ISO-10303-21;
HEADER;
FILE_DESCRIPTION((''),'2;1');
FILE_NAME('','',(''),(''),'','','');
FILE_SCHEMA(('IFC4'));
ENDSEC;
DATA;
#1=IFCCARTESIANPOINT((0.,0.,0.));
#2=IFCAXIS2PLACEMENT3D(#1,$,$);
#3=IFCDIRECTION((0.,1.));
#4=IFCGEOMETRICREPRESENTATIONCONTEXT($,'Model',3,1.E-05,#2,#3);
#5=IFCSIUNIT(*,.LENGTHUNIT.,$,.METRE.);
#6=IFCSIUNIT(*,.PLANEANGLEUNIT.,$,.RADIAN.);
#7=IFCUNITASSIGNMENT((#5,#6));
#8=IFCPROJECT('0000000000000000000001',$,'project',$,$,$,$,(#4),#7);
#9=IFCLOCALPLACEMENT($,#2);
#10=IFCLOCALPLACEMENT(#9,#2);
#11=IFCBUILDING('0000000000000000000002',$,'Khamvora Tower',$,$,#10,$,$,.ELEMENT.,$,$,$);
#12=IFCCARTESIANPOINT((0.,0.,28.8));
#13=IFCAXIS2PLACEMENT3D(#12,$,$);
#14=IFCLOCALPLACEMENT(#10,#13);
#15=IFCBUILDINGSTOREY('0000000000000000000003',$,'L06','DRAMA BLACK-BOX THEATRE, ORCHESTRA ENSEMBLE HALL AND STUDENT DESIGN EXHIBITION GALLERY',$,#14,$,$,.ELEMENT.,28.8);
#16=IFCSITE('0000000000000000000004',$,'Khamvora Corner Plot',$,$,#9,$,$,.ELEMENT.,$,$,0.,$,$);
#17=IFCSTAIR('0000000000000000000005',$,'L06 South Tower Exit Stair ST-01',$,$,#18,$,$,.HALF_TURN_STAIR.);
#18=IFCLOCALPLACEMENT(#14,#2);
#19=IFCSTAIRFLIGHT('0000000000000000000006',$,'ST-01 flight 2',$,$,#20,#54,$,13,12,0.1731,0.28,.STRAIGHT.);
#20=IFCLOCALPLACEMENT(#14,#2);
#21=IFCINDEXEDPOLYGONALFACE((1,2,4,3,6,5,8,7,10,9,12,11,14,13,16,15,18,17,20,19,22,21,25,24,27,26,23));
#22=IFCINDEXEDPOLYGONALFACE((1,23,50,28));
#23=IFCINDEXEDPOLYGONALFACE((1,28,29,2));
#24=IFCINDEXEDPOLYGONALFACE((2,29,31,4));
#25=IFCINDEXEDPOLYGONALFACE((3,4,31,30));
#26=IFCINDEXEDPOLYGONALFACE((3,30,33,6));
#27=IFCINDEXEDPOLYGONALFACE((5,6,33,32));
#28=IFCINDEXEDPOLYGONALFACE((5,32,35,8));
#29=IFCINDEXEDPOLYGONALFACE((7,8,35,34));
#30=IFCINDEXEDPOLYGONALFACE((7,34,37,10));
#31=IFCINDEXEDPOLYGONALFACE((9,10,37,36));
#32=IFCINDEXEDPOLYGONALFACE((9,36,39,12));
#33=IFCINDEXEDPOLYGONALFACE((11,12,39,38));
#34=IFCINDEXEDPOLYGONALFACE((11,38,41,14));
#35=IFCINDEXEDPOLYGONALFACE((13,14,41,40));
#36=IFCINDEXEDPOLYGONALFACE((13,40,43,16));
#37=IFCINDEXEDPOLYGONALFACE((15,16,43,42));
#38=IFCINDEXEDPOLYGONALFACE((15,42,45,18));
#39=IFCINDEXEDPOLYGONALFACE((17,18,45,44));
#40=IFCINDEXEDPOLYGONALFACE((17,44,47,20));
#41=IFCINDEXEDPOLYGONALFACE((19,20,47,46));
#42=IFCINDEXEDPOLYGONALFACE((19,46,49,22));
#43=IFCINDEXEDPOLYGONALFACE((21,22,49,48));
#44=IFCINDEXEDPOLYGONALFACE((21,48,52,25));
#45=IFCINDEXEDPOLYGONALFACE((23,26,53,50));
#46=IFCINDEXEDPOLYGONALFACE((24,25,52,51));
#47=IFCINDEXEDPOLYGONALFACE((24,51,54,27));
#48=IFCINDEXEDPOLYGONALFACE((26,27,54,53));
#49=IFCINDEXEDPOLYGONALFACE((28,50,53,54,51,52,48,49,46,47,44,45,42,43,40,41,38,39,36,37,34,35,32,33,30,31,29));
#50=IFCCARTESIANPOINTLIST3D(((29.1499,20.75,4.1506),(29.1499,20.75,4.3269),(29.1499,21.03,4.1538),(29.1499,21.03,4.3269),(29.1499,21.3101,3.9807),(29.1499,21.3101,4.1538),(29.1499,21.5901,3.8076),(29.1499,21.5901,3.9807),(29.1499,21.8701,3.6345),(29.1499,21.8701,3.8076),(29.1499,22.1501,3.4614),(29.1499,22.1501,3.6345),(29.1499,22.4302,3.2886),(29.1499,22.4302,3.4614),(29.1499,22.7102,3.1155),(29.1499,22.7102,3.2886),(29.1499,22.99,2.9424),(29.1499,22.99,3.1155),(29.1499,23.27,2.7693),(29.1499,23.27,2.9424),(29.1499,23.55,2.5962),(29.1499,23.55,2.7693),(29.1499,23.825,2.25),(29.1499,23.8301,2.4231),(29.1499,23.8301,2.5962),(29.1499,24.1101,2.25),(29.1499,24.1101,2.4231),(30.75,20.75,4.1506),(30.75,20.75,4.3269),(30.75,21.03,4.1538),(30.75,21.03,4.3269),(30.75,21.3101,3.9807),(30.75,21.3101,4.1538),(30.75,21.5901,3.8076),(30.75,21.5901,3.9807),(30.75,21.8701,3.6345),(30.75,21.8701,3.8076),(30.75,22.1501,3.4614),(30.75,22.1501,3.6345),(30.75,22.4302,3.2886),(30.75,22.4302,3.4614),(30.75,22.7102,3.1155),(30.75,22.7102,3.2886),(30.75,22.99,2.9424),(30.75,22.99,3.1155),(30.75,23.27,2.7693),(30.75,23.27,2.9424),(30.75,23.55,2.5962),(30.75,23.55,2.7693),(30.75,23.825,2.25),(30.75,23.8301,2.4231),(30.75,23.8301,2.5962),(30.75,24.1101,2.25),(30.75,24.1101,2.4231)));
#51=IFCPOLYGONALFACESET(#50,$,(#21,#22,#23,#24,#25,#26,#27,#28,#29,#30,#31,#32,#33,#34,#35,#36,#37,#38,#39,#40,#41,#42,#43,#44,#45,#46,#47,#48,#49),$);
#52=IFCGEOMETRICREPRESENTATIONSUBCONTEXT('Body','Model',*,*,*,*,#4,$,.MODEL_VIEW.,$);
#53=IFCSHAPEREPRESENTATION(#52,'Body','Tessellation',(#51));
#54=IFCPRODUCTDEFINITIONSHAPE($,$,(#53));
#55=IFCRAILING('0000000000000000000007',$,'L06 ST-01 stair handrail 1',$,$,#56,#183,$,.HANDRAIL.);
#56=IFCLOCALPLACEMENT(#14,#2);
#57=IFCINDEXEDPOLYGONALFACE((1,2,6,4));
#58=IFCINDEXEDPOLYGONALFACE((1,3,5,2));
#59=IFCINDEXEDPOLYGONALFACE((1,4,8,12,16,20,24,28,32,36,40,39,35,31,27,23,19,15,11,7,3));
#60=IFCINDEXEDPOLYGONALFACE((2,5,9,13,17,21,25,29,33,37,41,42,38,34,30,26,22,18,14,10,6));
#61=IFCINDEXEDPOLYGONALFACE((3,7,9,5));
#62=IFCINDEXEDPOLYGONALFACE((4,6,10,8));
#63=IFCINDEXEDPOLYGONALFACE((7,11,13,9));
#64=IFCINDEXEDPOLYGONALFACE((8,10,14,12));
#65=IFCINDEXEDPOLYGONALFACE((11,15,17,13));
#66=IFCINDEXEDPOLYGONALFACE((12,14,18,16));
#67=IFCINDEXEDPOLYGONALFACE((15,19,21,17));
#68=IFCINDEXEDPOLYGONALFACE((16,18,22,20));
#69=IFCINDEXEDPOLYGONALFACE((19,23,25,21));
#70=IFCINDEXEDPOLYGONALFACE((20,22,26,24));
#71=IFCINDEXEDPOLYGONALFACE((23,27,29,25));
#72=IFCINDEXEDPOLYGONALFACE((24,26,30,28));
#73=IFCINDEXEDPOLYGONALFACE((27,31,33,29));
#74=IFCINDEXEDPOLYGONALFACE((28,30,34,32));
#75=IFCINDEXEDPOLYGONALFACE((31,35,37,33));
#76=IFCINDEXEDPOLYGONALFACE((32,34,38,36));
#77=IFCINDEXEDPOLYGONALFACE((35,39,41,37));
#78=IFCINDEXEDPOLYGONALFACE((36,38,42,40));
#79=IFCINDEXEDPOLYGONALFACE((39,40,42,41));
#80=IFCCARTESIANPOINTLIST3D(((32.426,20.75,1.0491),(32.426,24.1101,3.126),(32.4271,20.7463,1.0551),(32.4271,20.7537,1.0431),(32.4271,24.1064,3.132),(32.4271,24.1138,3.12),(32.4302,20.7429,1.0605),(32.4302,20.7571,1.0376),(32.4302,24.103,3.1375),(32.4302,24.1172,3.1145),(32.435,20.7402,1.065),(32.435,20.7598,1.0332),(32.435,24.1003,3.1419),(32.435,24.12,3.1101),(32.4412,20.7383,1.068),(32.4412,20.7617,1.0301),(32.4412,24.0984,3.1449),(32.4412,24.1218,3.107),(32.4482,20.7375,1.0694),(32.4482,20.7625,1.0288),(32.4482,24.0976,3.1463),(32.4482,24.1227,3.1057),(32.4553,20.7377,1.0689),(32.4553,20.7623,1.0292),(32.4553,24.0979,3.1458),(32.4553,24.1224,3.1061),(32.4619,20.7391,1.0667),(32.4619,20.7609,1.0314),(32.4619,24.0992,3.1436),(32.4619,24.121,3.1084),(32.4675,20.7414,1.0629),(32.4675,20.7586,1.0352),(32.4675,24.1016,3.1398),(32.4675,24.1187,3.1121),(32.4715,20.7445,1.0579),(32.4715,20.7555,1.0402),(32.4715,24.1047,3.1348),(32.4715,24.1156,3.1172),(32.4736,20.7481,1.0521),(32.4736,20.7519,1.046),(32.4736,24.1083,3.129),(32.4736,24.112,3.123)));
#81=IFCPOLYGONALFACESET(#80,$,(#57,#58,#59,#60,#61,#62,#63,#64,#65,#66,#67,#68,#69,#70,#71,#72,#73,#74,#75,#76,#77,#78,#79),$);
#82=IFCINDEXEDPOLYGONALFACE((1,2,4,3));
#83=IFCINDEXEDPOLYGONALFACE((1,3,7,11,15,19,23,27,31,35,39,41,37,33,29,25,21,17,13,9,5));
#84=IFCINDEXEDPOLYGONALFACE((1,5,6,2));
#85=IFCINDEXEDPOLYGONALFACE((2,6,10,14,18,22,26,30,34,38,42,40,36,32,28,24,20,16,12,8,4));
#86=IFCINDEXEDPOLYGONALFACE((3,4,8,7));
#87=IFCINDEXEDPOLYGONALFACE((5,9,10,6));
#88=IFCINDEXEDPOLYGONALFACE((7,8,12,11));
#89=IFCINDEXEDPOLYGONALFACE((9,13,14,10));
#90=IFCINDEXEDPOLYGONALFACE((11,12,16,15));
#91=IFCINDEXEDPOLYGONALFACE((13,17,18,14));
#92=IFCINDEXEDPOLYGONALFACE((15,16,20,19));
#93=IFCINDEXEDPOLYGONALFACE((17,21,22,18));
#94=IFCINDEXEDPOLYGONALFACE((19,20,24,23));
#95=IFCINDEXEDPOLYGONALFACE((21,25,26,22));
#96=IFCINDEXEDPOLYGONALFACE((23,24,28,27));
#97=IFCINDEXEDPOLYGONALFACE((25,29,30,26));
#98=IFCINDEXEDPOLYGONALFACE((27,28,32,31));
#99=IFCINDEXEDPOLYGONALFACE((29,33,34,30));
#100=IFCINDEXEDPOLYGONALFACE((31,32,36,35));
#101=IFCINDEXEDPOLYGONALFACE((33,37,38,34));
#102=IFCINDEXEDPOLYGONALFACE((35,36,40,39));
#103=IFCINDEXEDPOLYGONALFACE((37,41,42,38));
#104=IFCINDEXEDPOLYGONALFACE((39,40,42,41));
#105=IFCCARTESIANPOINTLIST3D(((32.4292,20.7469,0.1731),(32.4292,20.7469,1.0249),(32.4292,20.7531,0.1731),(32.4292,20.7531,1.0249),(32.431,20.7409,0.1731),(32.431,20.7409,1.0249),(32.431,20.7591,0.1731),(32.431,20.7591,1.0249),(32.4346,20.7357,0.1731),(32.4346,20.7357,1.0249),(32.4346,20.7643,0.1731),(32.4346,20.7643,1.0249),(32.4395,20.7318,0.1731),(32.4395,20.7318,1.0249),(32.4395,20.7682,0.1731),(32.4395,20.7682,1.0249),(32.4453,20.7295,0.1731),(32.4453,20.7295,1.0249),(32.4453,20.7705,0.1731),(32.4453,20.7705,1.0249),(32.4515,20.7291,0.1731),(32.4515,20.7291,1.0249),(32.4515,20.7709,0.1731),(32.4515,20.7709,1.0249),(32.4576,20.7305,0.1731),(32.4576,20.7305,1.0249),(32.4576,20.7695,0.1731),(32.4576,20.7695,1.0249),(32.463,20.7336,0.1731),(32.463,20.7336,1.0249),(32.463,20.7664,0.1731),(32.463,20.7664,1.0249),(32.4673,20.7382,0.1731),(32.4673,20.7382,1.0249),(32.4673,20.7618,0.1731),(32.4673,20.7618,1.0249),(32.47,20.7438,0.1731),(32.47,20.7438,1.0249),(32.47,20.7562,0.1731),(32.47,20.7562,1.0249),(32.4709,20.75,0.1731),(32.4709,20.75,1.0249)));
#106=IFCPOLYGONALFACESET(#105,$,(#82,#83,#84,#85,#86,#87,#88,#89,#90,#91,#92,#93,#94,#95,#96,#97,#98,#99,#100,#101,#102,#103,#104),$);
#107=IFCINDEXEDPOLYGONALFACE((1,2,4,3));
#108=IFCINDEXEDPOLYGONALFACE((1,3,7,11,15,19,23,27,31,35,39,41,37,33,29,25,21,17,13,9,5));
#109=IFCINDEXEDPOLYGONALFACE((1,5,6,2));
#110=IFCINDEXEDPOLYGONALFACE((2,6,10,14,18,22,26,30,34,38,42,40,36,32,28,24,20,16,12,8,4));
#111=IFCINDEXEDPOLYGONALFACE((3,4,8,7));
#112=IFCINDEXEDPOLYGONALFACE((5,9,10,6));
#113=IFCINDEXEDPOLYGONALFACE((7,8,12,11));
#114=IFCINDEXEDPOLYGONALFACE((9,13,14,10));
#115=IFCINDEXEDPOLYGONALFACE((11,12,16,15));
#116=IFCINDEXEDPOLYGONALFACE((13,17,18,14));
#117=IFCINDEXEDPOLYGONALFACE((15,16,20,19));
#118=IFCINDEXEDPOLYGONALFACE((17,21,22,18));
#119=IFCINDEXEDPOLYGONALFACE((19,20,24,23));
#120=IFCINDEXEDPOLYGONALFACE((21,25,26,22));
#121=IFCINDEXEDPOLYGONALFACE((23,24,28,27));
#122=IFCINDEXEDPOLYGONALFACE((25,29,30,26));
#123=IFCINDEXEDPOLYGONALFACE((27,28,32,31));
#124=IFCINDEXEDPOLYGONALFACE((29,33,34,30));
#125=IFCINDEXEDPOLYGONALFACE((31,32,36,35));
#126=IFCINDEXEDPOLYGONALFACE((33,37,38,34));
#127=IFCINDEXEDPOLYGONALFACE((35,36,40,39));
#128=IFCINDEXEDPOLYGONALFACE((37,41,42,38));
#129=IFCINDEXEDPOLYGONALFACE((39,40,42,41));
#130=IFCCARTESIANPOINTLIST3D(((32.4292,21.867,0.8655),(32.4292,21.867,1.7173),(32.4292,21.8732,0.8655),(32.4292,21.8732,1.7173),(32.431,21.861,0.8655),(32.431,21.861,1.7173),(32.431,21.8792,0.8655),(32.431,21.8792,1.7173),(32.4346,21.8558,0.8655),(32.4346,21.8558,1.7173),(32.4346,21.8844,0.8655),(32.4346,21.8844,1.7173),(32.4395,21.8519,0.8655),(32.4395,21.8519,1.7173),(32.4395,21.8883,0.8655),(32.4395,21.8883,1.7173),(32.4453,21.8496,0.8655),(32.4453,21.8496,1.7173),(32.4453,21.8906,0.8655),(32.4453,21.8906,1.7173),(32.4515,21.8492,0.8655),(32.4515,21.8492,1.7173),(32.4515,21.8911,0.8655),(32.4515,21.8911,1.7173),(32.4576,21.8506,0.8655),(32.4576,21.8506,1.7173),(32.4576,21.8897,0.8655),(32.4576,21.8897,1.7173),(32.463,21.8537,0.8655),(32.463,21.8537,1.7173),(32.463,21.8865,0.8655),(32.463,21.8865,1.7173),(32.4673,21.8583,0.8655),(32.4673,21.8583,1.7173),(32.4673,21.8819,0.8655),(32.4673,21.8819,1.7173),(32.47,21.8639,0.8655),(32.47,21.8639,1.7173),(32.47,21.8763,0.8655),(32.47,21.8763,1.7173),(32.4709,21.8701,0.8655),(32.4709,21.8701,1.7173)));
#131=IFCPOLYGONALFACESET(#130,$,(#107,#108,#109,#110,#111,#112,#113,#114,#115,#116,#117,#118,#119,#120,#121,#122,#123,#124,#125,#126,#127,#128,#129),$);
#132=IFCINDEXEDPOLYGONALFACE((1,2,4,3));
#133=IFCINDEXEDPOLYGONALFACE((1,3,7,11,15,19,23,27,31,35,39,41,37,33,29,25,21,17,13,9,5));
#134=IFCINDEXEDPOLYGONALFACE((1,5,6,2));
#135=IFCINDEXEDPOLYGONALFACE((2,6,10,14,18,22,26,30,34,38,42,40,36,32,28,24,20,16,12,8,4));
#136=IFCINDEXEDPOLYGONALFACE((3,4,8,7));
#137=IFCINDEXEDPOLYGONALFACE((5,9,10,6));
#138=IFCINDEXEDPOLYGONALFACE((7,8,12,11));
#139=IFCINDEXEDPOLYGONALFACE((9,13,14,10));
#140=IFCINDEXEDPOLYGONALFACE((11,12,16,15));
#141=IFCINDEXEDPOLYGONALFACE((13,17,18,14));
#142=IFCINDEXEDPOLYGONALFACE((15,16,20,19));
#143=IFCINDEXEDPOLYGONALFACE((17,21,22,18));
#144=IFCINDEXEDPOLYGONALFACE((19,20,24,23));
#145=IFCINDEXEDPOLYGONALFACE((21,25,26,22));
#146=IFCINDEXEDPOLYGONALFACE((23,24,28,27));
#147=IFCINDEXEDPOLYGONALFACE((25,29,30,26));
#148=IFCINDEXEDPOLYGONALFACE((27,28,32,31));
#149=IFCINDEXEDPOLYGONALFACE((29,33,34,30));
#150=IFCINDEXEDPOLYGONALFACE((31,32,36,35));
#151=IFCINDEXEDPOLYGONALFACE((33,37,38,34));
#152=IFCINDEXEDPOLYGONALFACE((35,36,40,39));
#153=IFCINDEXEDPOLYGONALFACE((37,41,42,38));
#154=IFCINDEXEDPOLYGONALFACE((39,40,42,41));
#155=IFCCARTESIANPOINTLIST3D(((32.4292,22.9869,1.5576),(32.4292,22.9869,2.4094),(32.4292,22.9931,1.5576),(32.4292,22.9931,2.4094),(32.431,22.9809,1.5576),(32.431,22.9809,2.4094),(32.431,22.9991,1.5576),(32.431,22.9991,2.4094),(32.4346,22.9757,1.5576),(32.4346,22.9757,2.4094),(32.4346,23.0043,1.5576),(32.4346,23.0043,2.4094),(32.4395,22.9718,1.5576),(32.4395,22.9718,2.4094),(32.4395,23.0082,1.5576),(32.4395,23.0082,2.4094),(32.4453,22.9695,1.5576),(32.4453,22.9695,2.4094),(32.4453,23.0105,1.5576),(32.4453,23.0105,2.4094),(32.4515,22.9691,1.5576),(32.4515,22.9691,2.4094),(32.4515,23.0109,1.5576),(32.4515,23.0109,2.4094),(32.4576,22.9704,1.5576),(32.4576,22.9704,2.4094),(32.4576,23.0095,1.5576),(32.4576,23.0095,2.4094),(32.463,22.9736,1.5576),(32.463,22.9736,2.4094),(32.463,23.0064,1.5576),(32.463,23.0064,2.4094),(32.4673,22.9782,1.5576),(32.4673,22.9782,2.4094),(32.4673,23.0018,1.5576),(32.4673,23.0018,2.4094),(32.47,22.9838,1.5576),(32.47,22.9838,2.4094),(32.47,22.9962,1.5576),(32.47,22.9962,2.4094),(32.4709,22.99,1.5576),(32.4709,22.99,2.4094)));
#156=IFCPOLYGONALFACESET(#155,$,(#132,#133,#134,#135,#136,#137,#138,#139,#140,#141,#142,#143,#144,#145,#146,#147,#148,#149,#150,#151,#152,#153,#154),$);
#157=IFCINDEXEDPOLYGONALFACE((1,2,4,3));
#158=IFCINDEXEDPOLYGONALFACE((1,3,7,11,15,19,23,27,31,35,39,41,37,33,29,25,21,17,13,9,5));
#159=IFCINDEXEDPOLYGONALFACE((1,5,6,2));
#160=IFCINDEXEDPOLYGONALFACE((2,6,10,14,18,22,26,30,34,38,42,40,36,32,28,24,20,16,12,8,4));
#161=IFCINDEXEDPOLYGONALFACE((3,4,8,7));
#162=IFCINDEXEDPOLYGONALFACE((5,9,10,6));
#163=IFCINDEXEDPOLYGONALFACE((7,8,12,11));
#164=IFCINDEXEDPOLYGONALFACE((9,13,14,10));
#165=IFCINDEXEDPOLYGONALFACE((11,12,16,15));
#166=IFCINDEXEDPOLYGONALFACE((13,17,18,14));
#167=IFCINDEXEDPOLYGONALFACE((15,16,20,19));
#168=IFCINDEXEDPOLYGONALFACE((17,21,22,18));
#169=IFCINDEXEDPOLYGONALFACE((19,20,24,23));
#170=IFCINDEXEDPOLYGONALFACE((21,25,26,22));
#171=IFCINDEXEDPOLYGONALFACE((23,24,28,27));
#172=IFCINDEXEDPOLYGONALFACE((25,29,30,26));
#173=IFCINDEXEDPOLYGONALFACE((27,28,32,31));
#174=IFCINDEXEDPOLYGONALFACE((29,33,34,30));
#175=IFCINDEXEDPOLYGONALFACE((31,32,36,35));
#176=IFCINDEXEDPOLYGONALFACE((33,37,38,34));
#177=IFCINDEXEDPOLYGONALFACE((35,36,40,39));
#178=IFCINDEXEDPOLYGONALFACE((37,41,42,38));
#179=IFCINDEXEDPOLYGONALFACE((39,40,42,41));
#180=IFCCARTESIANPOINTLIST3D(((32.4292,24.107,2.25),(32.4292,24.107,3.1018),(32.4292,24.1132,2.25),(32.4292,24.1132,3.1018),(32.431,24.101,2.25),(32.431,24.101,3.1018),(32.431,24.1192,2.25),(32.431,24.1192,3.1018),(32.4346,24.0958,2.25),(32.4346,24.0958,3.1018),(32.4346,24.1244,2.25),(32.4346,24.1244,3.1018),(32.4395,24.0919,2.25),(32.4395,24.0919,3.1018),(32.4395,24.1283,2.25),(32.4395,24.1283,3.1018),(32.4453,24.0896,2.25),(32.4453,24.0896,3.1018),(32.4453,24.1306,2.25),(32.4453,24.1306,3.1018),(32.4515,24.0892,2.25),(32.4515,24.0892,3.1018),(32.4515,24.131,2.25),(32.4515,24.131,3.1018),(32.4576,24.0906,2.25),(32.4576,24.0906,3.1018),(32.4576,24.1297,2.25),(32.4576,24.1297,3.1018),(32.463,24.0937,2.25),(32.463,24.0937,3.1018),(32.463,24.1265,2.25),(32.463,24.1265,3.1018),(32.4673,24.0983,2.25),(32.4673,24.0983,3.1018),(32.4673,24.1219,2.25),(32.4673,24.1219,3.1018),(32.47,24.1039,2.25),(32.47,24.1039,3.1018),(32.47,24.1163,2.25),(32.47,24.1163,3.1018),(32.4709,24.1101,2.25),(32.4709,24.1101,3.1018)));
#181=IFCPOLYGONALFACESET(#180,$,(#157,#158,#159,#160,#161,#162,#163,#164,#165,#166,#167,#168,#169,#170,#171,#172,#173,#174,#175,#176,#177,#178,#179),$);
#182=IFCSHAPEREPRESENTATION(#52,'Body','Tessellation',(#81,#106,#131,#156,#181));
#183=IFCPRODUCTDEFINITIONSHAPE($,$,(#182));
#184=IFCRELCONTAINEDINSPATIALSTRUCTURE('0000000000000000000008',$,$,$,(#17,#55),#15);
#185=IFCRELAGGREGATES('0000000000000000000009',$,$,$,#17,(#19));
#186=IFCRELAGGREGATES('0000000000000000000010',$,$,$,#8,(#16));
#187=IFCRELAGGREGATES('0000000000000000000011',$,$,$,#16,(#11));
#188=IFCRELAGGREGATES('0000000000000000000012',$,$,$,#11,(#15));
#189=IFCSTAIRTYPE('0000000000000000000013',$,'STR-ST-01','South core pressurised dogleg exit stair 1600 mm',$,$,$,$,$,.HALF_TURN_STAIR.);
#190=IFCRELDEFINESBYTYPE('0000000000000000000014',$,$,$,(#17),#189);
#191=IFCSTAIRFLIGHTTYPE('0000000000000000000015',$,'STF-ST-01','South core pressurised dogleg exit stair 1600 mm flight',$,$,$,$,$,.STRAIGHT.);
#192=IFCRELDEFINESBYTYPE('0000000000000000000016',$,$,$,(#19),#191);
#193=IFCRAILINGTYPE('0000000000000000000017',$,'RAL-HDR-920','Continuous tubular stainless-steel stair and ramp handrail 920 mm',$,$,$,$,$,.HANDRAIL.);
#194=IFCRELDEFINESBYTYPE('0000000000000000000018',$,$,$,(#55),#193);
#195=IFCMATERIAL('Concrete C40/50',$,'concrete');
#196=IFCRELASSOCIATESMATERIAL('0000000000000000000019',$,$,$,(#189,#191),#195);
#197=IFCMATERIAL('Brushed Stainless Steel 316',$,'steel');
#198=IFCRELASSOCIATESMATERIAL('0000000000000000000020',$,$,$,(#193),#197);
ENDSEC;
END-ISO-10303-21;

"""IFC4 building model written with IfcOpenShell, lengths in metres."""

from ifc_helpers import new_model, si_unit, direction, frame, origin, origin_2d, place, context, subcontext, project, spatial, polyline, circle, outline, extrude, material, type_object, element, aggregate, save


model = new_model("IFC4")

# Units and contexts
model_context = context("Model", 3, precision=1e-05, world=origin(), true_north=direction((0.0, 1.0)))
body_context = subcontext(model_context, "Body", "Model", "MODEL_VIEW")
ifc_project = project(units=[si_unit("LENGTHUNIT", "METRE"), si_unit("PLANEANGLEUNIT", "RADIAN")], contexts=[model_context])

# Site, building, storey
site_placement = place(None, origin())
site = spatial("IfcSite", under=ifc_project, at=site_placement, Name="Khamvora Corner Plot", CompositionType="ELEMENT", RefElevation=0.0)
building_placement = place(site_placement, origin())
building = spatial("IfcBuilding", under=site, at=building_placement, Name="Khamvora Tower", CompositionType="ELEMENT")
storey_placement = place(building_placement, frame((0.0, 0.0, 28.8)))
storey = spatial("IfcBuildingStorey", under=building, at=storey_placement, Name="L06", Description="DRAMA BLACK-BOX THEATRE, ORCHESTRA ENSEMBLE HALL AND STUDENT DESIGN EXHIBITION GALLERY", CompositionType="ELEMENT", Elevation=28.8)

# Shared definitions
ifc_material_1 = material(Name="Concrete C40/50", Category="concrete")

# Stair, stair flight
stair_type = type_object("IfcStairType", Name="STR-ST-01", Description="South core pressurised dogleg exit stair 1600 mm", PredefinedType="HALF_TURN_STAIR", material=ifc_material_1)
stair_placement = place(storey_placement, origin())
stair = element("IfcStair", 1, at=stair_placement, inside=storey, type_object=stair_type, Name="L06 South Tower Exit Stair ST-01", PredefinedType="HALF_TURN_STAIR")
stair_flight_type = type_object("IfcStairFlightType", Name="STF-ST-01", Description="South core pressurised dogleg exit stair 1600 mm flight", PredefinedType="STRAIGHT", material=ifc_material_1)
stair_flight_1_placement = place(storey_placement, frame((29.95, 24.1101, 2.25), z_axis=(0.0, 0.0, 1.0), x_axis=(0.0, -1.0, 0.0)))
stair_flight_1 = element("IfcStairFlight", 2, at=stair_flight_1_placement, type_object=stair_flight_type, Name="ST-01 flight 2", NumberOfRisers=13, NumberOfTreads=12, PredefinedType="STRAIGHT", RiserHeight=0.1731, TreadLength=0.28, context=body_context, shape_type="SweptSolid", body=[
    extrude(outline(polyline([(0.0, 0.0), (0.0, 0.1731), (0.28, 0.1731), (0.28, 0.3462), (0.5601, 0.3462), (0.5601, 0.5193), (0.8401, 0.5193), (0.8401, 0.6924), (1.1201, 0.6924), (1.1201, 0.8655), (1.3999, 0.8655), (1.3999, 1.0386), (1.6799, 1.0386), (1.6799, 1.2114), (1.96, 1.2114), (1.96, 1.3845), (2.24, 1.3845), (2.24, 1.5576), (2.52, 1.5576), (2.52, 1.7307), (2.8, 1.7307), (2.8, 1.9038), (3.0801, 1.9038), (3.0801, 2.0769), (3.3601, 2.0769), (3.3601, 2.25), (3.3601, 1.9006), (0.2852, 0.0), (0.0, 0.0)])), frame((0.0, 0.8, 0.0), z_axis=(0.0, -1.0, 0.0), x_axis=(1.0, 0.0, 0.0)), (0.0, 0.0, 1.0), 1.6001),
])
aggregate(stair, [stair_flight_1])

# Railing
ifc_material_2 = material(Name="Brushed Stainless Steel 316", Category="steel")
railing_type_1 = type_object("IfcRailingType", Name="RAL-HDR-920", Description="Continuous tubular stainless-steel stair and ramp handrail 920 mm", PredefinedType="HANDRAIL", material=ifc_material_2)
railing_1_placement = place(storey_placement, frame((32.45, 20.75, 0.1731)))
element("IfcRailing", 3, at=railing_1_placement, inside=storey, type_object=railing_type_1, Name="L06 ST-01 stair handrail 1", PredefinedType="HANDRAIL", context=body_context, shape_type="SweptSolid", body=[
    extrude(circle(Radius=0.0239, at=origin_2d()), frame((0.0, 0.0, 0.876), z_axis=(0.0, 0.850623, 0.525776), x_axis=(-1.0, 0.0, 0.0)), (0.0, 0.0, 1.0), 3.9502),
    extrude(circle(Radius=0.021, at=origin_2d()), origin(), (0.0, 0.0, 1.0), 0.8518),
    extrude(circle(Radius=0.021, at=origin_2d()), frame((0.0, 1.1201, 0.6924)), (0.0, 0.0, 1.0), 0.8518),
    extrude(circle(Radius=0.021, at=origin_2d()), frame((0.0, 2.24, 1.3845)), (0.0, 0.0, 1.0), 0.8518),
    extrude(circle(Radius=0.021, at=origin_2d()), frame((0.0, 3.3601, 2.0769)), (0.0, 0.0, 1.0), 0.8518),
])

save(model, "model.ifc")
